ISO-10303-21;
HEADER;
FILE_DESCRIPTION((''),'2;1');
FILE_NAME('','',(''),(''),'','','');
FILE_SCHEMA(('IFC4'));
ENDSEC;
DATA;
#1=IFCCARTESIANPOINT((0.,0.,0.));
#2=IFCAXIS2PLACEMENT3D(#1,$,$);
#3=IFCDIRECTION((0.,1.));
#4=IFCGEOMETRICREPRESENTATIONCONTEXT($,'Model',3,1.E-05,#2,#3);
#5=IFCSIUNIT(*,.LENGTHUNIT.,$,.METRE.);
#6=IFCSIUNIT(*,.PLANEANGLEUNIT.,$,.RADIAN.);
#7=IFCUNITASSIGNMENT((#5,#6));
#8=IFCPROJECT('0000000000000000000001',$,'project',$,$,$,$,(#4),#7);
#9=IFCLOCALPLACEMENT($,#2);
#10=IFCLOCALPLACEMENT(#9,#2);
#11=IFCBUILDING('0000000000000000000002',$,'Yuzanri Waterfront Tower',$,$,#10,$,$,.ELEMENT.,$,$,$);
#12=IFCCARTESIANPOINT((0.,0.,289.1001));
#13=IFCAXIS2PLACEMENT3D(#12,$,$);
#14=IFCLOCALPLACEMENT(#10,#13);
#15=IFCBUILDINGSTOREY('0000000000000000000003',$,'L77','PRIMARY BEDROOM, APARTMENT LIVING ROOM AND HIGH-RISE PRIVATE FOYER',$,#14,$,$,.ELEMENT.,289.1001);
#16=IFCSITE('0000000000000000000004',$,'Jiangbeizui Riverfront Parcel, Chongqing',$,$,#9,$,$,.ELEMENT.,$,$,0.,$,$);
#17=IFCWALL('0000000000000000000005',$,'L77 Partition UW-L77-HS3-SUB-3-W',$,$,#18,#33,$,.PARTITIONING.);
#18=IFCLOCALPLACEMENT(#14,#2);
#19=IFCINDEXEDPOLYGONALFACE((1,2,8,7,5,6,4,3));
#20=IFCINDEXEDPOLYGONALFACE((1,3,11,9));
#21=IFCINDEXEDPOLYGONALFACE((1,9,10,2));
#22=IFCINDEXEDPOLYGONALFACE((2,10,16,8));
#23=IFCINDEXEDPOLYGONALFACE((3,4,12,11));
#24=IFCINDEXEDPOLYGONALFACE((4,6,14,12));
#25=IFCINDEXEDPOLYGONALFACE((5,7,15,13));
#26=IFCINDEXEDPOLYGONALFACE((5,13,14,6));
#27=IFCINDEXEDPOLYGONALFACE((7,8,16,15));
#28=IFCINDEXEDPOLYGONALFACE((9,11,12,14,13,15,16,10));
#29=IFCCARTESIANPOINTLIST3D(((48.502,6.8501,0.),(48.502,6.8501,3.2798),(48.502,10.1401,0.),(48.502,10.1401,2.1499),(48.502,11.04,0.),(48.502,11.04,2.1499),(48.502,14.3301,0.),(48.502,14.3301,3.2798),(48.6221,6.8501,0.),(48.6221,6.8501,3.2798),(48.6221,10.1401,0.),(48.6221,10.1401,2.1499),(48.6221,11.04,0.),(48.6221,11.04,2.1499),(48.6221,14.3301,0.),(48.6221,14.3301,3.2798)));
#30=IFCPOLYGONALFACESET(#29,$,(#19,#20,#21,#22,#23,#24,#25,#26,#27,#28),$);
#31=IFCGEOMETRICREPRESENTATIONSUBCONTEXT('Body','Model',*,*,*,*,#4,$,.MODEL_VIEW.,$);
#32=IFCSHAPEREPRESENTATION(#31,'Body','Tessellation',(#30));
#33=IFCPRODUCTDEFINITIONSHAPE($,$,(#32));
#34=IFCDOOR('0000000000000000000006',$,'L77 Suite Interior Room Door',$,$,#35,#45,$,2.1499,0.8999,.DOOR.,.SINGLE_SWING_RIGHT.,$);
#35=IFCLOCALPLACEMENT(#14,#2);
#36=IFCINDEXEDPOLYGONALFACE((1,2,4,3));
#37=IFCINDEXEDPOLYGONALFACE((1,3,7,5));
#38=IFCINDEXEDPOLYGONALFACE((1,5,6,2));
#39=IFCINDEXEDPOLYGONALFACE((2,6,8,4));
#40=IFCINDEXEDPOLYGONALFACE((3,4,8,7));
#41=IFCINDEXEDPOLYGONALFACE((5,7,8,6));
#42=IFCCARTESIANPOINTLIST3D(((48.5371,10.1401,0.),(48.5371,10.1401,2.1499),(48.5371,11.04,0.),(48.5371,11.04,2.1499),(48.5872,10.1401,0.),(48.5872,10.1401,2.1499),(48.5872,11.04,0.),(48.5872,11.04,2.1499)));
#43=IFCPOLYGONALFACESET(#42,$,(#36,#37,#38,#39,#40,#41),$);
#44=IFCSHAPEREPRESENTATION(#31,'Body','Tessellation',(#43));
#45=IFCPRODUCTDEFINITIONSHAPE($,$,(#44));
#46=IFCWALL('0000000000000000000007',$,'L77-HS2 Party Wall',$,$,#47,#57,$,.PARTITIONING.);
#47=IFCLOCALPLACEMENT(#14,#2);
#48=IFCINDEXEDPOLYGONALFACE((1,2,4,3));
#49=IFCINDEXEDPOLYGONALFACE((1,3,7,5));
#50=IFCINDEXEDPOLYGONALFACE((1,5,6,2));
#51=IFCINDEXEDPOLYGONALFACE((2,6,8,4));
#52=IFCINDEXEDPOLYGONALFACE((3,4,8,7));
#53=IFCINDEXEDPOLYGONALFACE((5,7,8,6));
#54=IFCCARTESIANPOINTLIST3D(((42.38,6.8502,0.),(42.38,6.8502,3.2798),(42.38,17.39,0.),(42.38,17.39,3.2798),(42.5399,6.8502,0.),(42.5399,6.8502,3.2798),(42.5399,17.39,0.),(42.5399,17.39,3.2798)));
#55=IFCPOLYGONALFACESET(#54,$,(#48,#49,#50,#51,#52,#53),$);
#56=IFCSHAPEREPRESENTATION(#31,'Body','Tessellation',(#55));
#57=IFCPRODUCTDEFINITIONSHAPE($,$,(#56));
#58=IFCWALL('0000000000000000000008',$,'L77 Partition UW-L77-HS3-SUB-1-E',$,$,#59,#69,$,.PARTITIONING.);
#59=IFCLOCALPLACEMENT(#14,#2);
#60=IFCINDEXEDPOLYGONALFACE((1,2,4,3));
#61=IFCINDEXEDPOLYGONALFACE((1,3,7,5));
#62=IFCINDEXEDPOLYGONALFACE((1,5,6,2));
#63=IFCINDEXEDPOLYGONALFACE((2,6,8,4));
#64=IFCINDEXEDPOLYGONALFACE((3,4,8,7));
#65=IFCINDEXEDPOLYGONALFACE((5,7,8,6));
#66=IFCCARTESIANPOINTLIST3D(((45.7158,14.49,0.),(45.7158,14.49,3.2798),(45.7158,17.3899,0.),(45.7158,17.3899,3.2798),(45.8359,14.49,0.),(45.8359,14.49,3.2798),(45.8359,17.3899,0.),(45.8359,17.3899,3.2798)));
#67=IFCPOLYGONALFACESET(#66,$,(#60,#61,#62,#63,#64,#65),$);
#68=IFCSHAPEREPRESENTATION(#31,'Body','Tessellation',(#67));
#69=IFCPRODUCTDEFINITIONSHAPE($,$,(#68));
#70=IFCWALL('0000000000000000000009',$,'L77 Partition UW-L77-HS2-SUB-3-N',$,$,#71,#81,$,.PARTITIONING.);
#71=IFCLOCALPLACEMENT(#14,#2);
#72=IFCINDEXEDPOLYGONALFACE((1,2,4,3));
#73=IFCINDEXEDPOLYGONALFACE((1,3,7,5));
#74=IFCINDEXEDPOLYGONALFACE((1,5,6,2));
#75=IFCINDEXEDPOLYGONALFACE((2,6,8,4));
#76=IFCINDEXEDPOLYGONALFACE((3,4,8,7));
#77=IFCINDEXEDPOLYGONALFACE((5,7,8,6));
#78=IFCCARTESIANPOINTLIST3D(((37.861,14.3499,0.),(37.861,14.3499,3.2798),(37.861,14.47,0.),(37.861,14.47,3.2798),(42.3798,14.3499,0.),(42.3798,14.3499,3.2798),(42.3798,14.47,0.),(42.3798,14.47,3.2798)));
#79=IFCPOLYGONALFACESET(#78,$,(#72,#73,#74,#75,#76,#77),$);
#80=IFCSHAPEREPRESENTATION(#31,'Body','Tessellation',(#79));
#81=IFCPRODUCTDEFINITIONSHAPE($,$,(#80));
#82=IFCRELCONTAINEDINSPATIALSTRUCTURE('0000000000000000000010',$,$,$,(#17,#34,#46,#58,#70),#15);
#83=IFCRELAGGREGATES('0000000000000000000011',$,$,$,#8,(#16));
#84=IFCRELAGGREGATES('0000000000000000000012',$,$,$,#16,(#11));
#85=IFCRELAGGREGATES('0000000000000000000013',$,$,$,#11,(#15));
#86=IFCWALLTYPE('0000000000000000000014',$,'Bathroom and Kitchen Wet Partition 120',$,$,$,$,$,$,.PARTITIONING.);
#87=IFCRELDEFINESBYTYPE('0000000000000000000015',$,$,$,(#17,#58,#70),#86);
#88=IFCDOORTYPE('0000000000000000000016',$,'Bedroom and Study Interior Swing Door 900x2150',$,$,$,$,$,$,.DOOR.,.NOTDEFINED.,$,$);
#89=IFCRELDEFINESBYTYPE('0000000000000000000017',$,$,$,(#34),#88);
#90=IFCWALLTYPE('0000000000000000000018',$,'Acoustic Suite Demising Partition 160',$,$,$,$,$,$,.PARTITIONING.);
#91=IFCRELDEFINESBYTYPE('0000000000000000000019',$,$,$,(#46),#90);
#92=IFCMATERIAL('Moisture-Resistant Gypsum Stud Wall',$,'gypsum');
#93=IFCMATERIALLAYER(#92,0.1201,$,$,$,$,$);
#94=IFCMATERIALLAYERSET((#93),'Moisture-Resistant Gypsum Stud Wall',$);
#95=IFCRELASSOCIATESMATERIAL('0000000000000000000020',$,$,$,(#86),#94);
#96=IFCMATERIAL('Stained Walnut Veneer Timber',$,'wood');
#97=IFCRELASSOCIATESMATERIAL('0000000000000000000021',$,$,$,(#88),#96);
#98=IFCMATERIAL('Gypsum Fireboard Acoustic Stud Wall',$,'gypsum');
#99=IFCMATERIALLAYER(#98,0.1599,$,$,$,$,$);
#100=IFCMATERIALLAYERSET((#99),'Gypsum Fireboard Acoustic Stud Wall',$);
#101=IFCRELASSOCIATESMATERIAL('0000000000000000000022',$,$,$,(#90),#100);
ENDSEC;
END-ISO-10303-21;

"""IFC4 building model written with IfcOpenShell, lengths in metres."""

from ifc_helpers import new_model, si_unit, direction, frame, frame_2d, origin, place, context, subcontext, project, spatial, rectangle, extrude, source, transform, mapped, material, layer, layer_set, type_object, element, fill, save


model = new_model("IFC4")

# Units and contexts
model_context = context("Model", 3, precision=1e-05, world=origin(), true_north=direction((0.0, 1.0)))
body_context = subcontext(model_context, "Body", "Model", "MODEL_VIEW")
ifc_project = project(units=[si_unit("LENGTHUNIT", "METRE"), si_unit("PLANEANGLEUNIT", "RADIAN")], contexts=[model_context])

# Site, building, storey
site_placement = place(None, origin())
site = spatial("IfcSite", under=ifc_project, at=site_placement, Name="Jiangbeizui Riverfront Parcel, Chongqing", CompositionType="ELEMENT", RefElevation=0.0)
building_placement = place(site_placement, origin())
building = spatial("IfcBuilding", under=site, at=building_placement, Name="Yuzanri Waterfront Tower", CompositionType="ELEMENT")
storey_placement = place(building_placement, frame((0.0, 0.0, 289.1001)))
storey = spatial("IfcBuildingStorey", under=building, at=storey_placement, Name="L77", Description="PRIMARY BEDROOM, APARTMENT LIVING ROOM AND HIGH-RISE PRIVATE FOYER", CompositionType="ELEMENT", Elevation=289.1001)

# Wall, opening, door
ifc_material_1 = material(Name="Moisture-Resistant Gypsum Stud Wall", Category="gypsum")
ifc_layer_1 = layer(ifc_material_1, 0.1201)
ifc_layer_set_1 = layer_set([ifc_layer_1], Name="Moisture-Resistant Gypsum Stud Wall")
wall_type_1 = type_object("IfcWallType", Name="Bathroom and Kitchen Wet Partition 120", PredefinedType="PARTITIONING", material=ifc_layer_set_1)
ifc_material_2 = material(Name="Stained Walnut Veneer Timber", Category="wood")
door_type_1 = type_object("IfcDoorType", Name="Bedroom and Study Interior Swing Door 900x2150", OperationType="NOTDEFINED", PredefinedType="DOOR", material=ifc_material_2)
shared_shape_1 = source(origin(), body_context, "Body", "SweptSolid", [
    extrude(rectangle(XDim=0.8999, YDim=2.1499, at=frame_2d((0.45, 1.075))), frame((0.0, 0.0249, 0.0), z_axis=(0.0, -1.0, 0.0), x_axis=(1.0, 0.0, 0.0)), (0.0, 0.0, 1.0), 0.05),
])
wall_1_placement = place(storey_placement, frame((48.562, 6.8501, 0.0), z_axis=(0.0, 0.0, 1.0), x_axis=(0.0, 1.0, 0.0)))
wall_1 = element("IfcWall", 1, at=wall_1_placement, inside=storey, type_object=wall_type_1, Name="L77 Partition UW-L77-HS3-SUB-3-W", PredefinedType="PARTITIONING", context=body_context, shape_type="SweptSolid", body=[
    extrude(rectangle(XDim=7.48, YDim=0.1201, at=frame_2d((3.74, 0.0))), origin(), (0.0, 0.0, 1.0), 3.2798),
])
opening_1_placement = place(wall_1_placement, frame((3.29, 0.0, 0.0)))
opening_1 = element("IfcOpeningElement", 2, at=opening_1_placement, cuts=wall_1, PredefinedType="OPENING", context=body_context, shape_type="SweptSolid", body=[
    extrude(rectangle(XDim=0.8999, YDim=2.1499, at=frame_2d((0.45, 1.075))), frame((0.0, 0.075, 0.0), z_axis=(0.0, -1.0, 0.0), x_axis=(1.0, 0.0, 0.0)), (0.0, 0.0, 1.0), 0.1499),
])
door_1_placement = place(opening_1_placement, origin())
door_1 = element("IfcDoor", 3, at=door_1_placement, inside=storey, type_object=door_type_1, Name="L77 Suite Interior Room Door", OperationType="SINGLE_SWING_RIGHT", OverallHeight=2.1499, OverallWidth=0.8999, PredefinedType="DOOR", context=body_context, shape_type="MappedRepresentation", body=[
    mapped(shared_shape_1, transform((0.0, 0.0, 0.0), scale=1.0)),
])
fill(opening_1, door_1)

# Walls
ifc_material_3 = material(Name="Gypsum Fireboard Acoustic Stud Wall", Category="gypsum")
ifc_layer_2 = layer(ifc_material_3, 0.1599)
ifc_layer_set_2 = layer_set([ifc_layer_2], Name="Gypsum Fireboard Acoustic Stud Wall")
wall_type_2 = type_object("IfcWallType", Name="Acoustic Suite Demising Partition 160", PredefinedType="PARTITIONING", material=ifc_layer_set_2)
shared_shape_2 = source(origin(), body_context, "Body", "SweptSolid", [
    extrude(rectangle(XDim=10.5398, YDim=0.1599, at=frame_2d((5.27, 0.0))), origin(), (0.0, 0.0, 1.0), 3.2798),
])
wall_2_placement = place(storey_placement, frame((42.46, 6.8501, 0.0), z_axis=(0.0, 0.0, 1.0), x_axis=(0.0, 1.0, 0.0)))
element("IfcWall", 4, at=wall_2_placement, inside=storey, type_object=wall_type_2, Name="L77-HS2 Party Wall", PredefinedType="PARTITIONING", context=body_context, shape_type="MappedRepresentation", body=[
    mapped(shared_shape_2, transform((0.0, 0.0, 0.0), scale=1.0)),
])
shared_shape_3 = source(origin(), body_context, "Body", "SweptSolid", [
    extrude(rectangle(XDim=2.8999, YDim=0.1201, at=frame_2d((1.45, 0.0))), origin(), (0.0, 0.0, 1.0), 3.2798),
])
wall_3_placement = place(storey_placement, frame((45.7759, 14.49, 0.0), z_axis=(0.0, 0.0, 1.0), x_axis=(0.0, 1.0, 0.0)))
element("IfcWall", 5, at=wall_3_placement, inside=storey, type_object=wall_type_1, Name="L77 Partition UW-L77-HS3-SUB-1-E", PredefinedType="PARTITIONING", context=body_context, shape_type="MappedRepresentation", body=[
    mapped(shared_shape_3, transform((0.0, 0.0, 0.0), scale=1.0)),
])
shared_shape_4 = source(origin(), body_context, "Body", "SweptSolid", [
    extrude(rectangle(XDim=4.5188, YDim=0.1201, at=frame_2d((2.2593, 0.0))), origin(), (0.0, 0.0, 1.0), 3.2798),
])
wall_4_placement = place(storey_placement, frame((37.8611, 14.4099, 0.0), z_axis=(0.0, 0.0, 1.0), x_axis=(1.0, 0.0, 0.0)))
element("IfcWall", 6, at=wall_4_placement, inside=storey, type_object=wall_type_1, Name="L77 Partition UW-L77-HS2-SUB-3-N", PredefinedType="PARTITIONING", context=body_context, shape_type="MappedRepresentation", body=[
    mapped(shared_shape_4, transform((0.0, 0.0, 0.0), scale=1.0)),
])

save(model, "model.ifc")
